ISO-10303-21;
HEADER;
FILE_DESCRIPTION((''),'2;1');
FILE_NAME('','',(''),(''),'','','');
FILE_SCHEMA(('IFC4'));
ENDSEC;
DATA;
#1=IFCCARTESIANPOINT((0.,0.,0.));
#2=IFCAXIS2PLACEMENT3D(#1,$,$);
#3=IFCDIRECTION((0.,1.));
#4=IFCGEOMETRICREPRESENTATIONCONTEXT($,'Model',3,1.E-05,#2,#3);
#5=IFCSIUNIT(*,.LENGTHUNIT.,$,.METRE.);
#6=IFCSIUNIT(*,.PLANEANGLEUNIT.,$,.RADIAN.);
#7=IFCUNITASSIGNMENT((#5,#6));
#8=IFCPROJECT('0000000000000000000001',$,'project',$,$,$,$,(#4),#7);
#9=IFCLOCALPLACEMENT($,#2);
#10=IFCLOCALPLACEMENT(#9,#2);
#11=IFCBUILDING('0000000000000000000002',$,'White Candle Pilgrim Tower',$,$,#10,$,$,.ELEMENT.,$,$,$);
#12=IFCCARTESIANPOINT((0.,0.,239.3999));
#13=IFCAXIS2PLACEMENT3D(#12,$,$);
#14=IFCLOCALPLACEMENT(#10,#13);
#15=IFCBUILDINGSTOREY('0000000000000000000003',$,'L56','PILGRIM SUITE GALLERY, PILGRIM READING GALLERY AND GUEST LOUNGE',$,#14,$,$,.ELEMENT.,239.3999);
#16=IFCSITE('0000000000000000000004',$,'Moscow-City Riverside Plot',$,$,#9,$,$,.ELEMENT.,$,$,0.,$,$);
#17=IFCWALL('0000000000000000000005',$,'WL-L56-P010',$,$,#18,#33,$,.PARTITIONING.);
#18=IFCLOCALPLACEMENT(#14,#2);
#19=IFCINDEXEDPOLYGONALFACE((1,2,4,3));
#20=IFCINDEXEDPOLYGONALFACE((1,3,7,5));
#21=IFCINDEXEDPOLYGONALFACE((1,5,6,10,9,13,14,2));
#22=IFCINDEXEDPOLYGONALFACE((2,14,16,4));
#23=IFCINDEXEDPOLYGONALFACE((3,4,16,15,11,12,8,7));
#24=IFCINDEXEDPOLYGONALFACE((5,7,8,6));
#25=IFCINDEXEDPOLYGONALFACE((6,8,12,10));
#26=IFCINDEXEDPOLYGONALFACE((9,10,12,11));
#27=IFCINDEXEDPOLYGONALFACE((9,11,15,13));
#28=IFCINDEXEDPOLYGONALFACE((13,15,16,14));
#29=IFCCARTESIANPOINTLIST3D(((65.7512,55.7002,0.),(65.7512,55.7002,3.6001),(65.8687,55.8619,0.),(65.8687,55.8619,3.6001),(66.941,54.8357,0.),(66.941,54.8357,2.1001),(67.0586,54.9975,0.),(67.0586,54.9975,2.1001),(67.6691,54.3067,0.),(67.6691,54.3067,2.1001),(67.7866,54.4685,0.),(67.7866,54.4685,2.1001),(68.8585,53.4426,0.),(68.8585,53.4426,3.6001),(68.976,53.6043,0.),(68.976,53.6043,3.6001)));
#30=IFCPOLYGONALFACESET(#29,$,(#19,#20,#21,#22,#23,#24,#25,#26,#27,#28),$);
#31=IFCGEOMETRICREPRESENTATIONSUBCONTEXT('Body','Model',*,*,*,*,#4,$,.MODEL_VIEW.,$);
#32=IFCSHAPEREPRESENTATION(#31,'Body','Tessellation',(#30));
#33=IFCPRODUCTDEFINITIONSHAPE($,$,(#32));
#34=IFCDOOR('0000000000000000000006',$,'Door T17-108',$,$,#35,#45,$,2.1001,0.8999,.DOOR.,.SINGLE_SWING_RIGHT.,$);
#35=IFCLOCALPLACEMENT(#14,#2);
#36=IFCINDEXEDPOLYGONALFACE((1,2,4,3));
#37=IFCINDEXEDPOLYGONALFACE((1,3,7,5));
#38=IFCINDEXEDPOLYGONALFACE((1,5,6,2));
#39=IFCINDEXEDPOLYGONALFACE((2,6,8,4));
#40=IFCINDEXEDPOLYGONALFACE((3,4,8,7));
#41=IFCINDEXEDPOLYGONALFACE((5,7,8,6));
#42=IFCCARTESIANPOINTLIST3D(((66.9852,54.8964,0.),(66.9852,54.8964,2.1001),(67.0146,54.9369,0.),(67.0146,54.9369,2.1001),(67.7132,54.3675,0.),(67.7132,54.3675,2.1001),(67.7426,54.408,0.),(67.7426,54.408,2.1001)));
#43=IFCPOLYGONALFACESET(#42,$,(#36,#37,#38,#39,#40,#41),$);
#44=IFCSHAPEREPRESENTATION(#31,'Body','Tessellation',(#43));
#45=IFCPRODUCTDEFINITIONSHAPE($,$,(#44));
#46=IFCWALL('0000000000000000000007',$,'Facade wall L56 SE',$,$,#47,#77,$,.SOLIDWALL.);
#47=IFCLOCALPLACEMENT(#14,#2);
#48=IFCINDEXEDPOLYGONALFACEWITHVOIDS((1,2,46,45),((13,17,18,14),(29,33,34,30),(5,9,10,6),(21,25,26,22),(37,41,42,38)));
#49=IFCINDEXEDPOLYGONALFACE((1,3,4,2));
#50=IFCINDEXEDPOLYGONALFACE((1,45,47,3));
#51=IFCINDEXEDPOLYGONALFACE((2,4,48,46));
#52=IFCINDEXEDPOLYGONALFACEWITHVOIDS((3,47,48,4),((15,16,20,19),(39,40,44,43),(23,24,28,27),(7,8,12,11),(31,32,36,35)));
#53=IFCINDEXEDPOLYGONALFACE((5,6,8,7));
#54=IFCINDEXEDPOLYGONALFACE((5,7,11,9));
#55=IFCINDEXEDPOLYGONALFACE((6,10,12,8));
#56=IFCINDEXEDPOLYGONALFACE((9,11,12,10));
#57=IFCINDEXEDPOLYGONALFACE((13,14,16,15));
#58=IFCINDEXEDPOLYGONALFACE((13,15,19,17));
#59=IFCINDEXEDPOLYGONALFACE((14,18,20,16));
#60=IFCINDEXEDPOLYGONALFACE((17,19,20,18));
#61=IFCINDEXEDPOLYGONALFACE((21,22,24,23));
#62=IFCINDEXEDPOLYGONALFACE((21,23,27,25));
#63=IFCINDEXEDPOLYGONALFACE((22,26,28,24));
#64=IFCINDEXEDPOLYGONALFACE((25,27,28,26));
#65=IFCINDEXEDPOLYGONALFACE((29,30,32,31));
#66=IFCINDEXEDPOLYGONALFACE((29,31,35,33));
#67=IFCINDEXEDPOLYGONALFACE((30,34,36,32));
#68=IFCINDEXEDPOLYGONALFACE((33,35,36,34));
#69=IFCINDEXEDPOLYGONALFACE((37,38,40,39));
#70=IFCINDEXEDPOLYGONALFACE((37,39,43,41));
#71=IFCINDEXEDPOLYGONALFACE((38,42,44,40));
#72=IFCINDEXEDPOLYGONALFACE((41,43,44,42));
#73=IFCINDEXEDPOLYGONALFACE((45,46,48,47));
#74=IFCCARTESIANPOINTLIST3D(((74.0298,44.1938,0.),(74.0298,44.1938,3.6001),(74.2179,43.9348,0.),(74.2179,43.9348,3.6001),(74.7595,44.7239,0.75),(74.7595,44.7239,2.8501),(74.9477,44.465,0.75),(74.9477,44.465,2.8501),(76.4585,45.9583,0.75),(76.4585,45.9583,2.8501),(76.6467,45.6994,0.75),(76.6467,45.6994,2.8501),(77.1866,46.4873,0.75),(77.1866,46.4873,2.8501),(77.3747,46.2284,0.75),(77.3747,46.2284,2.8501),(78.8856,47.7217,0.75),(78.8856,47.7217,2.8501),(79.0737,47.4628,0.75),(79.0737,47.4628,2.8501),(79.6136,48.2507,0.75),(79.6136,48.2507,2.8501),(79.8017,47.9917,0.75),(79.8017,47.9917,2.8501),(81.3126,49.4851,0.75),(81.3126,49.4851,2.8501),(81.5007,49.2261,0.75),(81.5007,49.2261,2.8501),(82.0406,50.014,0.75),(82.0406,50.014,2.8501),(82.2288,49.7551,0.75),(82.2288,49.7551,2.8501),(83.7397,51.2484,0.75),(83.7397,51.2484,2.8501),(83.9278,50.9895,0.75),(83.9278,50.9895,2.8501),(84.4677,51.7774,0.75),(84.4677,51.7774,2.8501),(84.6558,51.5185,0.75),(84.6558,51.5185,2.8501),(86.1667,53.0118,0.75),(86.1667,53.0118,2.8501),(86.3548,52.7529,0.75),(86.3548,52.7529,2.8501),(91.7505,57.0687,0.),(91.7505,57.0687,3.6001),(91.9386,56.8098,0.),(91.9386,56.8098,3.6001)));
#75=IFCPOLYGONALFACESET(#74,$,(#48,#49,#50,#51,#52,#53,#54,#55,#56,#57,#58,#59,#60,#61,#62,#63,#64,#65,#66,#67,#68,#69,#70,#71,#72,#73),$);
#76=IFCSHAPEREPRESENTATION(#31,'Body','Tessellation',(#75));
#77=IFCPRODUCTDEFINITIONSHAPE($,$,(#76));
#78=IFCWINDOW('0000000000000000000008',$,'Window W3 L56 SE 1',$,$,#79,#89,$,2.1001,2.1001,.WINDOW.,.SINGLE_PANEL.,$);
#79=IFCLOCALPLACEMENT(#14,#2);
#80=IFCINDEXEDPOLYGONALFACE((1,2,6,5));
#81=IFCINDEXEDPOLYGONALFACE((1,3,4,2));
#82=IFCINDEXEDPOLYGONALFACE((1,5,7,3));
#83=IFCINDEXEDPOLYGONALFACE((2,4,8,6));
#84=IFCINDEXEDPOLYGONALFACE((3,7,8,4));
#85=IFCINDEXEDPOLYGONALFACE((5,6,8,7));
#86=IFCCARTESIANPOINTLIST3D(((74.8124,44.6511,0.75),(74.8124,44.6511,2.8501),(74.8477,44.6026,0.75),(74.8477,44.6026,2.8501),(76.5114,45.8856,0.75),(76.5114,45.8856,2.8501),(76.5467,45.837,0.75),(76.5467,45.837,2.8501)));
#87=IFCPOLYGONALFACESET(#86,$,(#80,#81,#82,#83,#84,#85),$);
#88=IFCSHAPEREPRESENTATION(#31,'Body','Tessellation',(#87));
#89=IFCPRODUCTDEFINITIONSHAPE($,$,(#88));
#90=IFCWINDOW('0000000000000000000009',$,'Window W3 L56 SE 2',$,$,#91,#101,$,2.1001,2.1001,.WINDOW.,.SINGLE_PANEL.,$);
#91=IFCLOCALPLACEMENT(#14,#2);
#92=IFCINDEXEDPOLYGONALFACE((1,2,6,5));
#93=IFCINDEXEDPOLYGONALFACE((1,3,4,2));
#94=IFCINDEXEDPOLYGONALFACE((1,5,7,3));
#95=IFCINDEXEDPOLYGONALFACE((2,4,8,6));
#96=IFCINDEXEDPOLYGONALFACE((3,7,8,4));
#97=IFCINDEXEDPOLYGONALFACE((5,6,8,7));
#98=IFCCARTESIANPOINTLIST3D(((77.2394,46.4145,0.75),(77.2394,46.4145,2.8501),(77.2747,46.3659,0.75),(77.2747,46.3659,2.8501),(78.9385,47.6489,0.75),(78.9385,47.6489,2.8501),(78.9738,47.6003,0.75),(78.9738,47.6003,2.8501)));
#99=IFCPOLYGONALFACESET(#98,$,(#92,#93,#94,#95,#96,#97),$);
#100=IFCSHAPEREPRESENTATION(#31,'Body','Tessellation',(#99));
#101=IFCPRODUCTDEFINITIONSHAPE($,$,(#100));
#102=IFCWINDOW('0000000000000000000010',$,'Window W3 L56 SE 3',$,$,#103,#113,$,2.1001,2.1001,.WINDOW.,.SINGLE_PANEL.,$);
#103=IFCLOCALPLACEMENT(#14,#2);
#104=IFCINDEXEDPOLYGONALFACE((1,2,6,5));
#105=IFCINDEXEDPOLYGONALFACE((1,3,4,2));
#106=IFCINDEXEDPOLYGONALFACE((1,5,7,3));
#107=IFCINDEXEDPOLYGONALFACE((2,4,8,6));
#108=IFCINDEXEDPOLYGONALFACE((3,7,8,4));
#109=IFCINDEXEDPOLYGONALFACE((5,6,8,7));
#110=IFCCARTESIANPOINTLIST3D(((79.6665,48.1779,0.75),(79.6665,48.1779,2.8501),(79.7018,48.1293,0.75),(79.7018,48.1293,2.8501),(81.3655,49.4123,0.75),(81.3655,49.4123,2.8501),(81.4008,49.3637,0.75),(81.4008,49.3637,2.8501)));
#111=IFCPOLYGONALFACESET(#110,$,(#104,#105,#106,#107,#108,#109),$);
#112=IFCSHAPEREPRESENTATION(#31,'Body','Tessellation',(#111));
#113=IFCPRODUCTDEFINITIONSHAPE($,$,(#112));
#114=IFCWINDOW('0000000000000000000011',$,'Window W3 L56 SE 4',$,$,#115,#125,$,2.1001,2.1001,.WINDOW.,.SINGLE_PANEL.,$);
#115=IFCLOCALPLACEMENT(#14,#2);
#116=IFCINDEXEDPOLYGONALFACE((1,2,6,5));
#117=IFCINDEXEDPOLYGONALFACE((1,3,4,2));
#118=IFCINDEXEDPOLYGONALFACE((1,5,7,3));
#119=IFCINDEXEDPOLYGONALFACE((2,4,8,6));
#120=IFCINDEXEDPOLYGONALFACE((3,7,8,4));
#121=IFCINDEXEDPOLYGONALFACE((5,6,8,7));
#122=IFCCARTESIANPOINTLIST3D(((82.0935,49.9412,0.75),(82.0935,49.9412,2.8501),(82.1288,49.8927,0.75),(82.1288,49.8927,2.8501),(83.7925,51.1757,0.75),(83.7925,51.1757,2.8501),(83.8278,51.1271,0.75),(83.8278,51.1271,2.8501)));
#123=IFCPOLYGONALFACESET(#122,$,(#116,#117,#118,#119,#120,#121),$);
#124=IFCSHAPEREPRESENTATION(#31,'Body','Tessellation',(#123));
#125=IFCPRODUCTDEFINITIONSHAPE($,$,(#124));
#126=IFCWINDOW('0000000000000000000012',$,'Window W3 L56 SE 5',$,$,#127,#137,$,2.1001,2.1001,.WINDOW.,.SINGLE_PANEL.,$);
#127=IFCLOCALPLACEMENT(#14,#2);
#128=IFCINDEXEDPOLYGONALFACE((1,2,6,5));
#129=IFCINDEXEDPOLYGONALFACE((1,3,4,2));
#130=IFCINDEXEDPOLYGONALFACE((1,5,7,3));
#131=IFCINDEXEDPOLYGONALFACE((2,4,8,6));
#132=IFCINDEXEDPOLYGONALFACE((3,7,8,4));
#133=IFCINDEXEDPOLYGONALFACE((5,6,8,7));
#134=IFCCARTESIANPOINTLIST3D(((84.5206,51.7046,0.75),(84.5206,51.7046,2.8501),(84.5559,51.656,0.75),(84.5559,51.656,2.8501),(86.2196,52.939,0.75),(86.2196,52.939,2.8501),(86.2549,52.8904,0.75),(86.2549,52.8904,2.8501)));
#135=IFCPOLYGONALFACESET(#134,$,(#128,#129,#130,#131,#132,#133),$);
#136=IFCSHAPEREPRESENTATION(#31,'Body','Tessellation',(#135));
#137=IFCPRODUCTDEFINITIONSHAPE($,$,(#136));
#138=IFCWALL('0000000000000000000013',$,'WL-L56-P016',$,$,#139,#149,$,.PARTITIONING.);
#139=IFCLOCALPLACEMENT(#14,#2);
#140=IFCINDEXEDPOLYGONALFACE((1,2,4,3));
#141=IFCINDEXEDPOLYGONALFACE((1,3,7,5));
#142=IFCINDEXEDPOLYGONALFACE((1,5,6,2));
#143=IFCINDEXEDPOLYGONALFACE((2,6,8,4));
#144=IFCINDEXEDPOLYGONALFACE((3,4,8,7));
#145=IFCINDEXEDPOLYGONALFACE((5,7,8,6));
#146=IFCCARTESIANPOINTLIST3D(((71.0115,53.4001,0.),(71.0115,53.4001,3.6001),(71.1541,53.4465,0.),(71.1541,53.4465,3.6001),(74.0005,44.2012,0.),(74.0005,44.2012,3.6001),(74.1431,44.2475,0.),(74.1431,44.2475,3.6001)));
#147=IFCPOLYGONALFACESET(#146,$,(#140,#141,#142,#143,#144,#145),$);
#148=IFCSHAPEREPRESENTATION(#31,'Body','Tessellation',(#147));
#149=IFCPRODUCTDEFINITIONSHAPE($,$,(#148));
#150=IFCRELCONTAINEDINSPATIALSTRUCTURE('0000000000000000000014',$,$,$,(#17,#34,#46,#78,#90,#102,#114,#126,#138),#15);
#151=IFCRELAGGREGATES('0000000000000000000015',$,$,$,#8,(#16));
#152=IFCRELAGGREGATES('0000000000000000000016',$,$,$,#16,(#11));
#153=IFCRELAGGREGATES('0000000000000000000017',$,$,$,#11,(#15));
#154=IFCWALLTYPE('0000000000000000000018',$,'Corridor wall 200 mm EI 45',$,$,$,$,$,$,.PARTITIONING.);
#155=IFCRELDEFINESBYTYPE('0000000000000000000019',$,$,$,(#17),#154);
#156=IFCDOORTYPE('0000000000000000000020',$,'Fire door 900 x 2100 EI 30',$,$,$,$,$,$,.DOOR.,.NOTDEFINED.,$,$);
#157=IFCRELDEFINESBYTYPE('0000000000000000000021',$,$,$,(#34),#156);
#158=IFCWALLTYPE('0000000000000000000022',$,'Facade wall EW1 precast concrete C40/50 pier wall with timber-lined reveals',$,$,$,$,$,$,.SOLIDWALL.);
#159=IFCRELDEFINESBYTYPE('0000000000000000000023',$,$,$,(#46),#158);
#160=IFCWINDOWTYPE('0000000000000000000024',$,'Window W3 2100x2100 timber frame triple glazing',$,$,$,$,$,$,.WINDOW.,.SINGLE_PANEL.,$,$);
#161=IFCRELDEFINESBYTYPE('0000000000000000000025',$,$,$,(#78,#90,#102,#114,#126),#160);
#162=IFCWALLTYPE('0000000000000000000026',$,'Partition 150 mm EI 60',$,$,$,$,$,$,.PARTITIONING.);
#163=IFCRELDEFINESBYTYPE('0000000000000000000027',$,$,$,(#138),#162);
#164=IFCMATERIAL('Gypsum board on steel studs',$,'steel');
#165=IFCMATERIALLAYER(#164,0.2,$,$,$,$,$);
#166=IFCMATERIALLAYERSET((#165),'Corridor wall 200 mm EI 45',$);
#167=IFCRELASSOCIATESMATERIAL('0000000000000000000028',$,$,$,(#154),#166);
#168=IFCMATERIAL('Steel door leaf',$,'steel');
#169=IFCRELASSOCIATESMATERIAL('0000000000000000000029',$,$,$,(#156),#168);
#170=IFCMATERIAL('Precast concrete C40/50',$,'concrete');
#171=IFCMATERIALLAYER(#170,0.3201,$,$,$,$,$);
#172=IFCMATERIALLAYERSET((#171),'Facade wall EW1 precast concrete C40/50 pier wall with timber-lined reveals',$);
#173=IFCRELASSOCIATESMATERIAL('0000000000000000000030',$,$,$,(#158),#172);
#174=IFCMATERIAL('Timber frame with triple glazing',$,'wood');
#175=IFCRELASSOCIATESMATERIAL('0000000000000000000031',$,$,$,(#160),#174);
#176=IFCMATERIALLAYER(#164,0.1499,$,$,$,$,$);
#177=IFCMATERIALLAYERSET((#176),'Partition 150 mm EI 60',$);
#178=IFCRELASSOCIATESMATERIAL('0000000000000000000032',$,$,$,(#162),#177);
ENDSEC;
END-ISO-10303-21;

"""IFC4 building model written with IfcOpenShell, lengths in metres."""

from ifc_helpers import new_model, si_unit, direction, frame, frame_2d, origin, place, context, subcontext, project, spatial, rectangle, extrude, material, layer, layer_set, type_object, element, fill, save


model = new_model("IFC4")

# Units and contexts
model_context = context("Model", 3, precision=1e-05, world=origin(), true_north=direction((0.0, 1.0)))
body_context = subcontext(model_context, "Body", "Model", "MODEL_VIEW")
ifc_project = project(units=[si_unit("LENGTHUNIT", "METRE"), si_unit("PLANEANGLEUNIT", "RADIAN")], contexts=[model_context])

# Site, building, storey
site_placement = place(None, origin())
site = spatial("IfcSite", under=ifc_project, at=site_placement, Name="Moscow-City Riverside Plot", CompositionType="ELEMENT", RefElevation=0.0)
building_placement = place(site_placement, origin())
building = spatial("IfcBuilding", under=site, at=building_placement, Name="White Candle Pilgrim Tower", CompositionType="ELEMENT")
storey_placement = place(building_placement, frame((0.0, 0.0, 239.3999)))
storey = spatial("IfcBuildingStorey", under=building, at=storey_placement, Name="L56", Description="PILGRIM SUITE GALLERY, PILGRIM READING GALLERY AND GUEST LOUNGE", CompositionType="ELEMENT", Elevation=239.3999)

# Wall, opening, door
ifc_material_1 = material(Name="Gypsum board on steel studs", Category="steel")
ifc_layer_1 = layer(ifc_material_1, 0.2)
ifc_layer_set_1 = layer_set([ifc_layer_1], Name="Corridor wall 200 mm EI 45")
wall_type_1 = type_object("IfcWallType", Name="Corridor wall 200 mm EI 45", PredefinedType="PARTITIONING", material=ifc_layer_set_1)
ifc_material_2 = material(Name="Steel door leaf", Category="steel")
door_type_1 = type_object("IfcDoorType", Name="Fire door 900 x 2100 EI 30", OperationType="NOTDEFINED", PredefinedType="DOOR", material=ifc_material_2)
wall_1_placement = place(storey_placement, frame((68.9172, 53.5234, 0.0), z_axis=(0.0, 0.0, 1.0), x_axis=(-0.809008, 0.587797, 0.0)))
wall_1 = element("IfcWall", 1, at=wall_1_placement, inside=storey, type_object=wall_type_1, Name="WL-L56-P010", PredefinedType="PARTITIONING", context=body_context, shape_type="SweptSolid", body=[
    extrude(rectangle(XDim=3.8408, YDim=0.2, at=frame_2d((1.9204, 0.0))), origin(), (0.0, 0.0, 1.0), 3.6001),
])
opening_1_placement = place(wall_1_placement, frame((1.4702, 0.0, 0.0)))
opening_1 = element("IfcOpeningElement", 2, at=opening_1_placement, cuts=wall_1, PredefinedType="OPENING", context=body_context, shape_type="SweptSolid", body=[
    extrude(rectangle(XDim=0.8999, YDim=2.1001, at=frame_2d((0.45, 1.05))), frame((0.0, 0.1099, 0.0), z_axis=(0.0, -1.0, 0.0), x_axis=(1.0, 0.0, 0.0)), (0.0, 0.0, 1.0), 0.22),
])
door_1_placement = place(opening_1_placement, origin())
door_1 = element("IfcDoor", 3, at=door_1_placement, inside=storey, type_object=door_type_1, Name="Door T17-108", OperationType="SINGLE_SWING_RIGHT", OverallHeight=2.1001, OverallWidth=0.8999, PredefinedType="DOOR", context=body_context, shape_type="SweptSolid", body=[
    extrude(rectangle(XDim=0.8999, YDim=2.1001, at=frame_2d((0.45, 1.05))), frame((0.0, 0.0249, 0.0), z_axis=(0.0, -1.0, 0.0), x_axis=(1.0, 0.0, 0.0)), (0.0, 0.0, 1.0), 0.05),
])
fill(opening_1, door_1)

# Wall, openings, windows
ifc_material_3 = material(Name="Precast concrete C40/50", Category="concrete")
ifc_layer_2 = layer(ifc_material_3, 0.3201)
ifc_layer_set_2 = layer_set([ifc_layer_2], Name="Facade wall EW1 precast concrete C40/50 pier wall with timber-lined reveals")
wall_type_2 = type_object("IfcWallType", Name="Facade wall EW1 precast concrete C40/50 pier wall with timber-lined reveals", PredefinedType="SOLIDWALL", material=ifc_layer_set_2)
wall_2_placement = place(storey_placement, frame((74.1238, 44.0642, 0.0), z_axis=(0.0, 0.0, 1.0), x_axis=(0.809014, 0.58779, 0.0)))
wall_2 = element("IfcWall", 4, at=wall_2_placement, inside=storey, type_object=wall_type_2, Name="Facade wall L56 SE", PredefinedType="SOLIDWALL", context=body_context, shape_type="SweptSolid", body=[
    extrude(rectangle(XDim=21.9041, YDim=0.3201, at=frame_2d((10.9521, 0.0))), origin(), (0.0, 0.0, 1.0), 3.6001),
])
opening_2_placement = place(wall_2_placement, frame((0.9021, 0.0, 0.75)))
opening_2 = element("IfcOpeningElement", 5, at=opening_2_placement, cuts=wall_2, PredefinedType="OPENING", context=body_context, shape_type="SweptSolid", body=[
    extrude(rectangle(XDim=2.1001, YDim=2.1001, at=frame_2d((1.05, 1.05))), frame((0.0, 0.1699, 0.0), z_axis=(0.0, -1.0, 0.0), x_axis=(1.0, 0.0, 0.0)), (0.0, 0.0, 1.0), 0.3401),
])
opening_3_placement = place(wall_2_placement, frame((3.9021, 0.0, 0.75)))
opening_3 = element("IfcOpeningElement", 6, at=opening_3_placement, cuts=wall_2, PredefinedType="OPENING", context=body_context, shape_type="SweptSolid", body=[
    extrude(rectangle(XDim=2.1001, YDim=2.1001, at=frame_2d((1.05, 1.05))), frame((0.0, 0.1699, 0.0), z_axis=(0.0, -1.0, 0.0), x_axis=(1.0, 0.0, 0.0)), (0.0, 0.0, 1.0), 0.3401),
])
opening_4_placement = place(wall_2_placement, frame((6.9021, 0.0, 0.75)))
opening_4 = element("IfcOpeningElement", 7, at=opening_4_placement, cuts=wall_2, PredefinedType="OPENING", context=body_context, shape_type="SweptSolid", body=[
    extrude(rectangle(XDim=2.1001, YDim=2.1001, at=frame_2d((1.05, 1.05))), frame((0.0, 0.1699, 0.0), z_axis=(0.0, -1.0, 0.0), x_axis=(1.0, 0.0, 0.0)), (0.0, 0.0, 1.0), 0.3401),
])
opening_5_placement = place(wall_2_placement, frame((9.9021, 0.0, 0.75)))
opening_5 = element("IfcOpeningElement", 8, at=opening_5_placement, cuts=wall_2, PredefinedType="OPENING", context=body_context, shape_type="SweptSolid", body=[
    extrude(rectangle(XDim=2.1001, YDim=2.1001, at=frame_2d((1.05, 1.05))), frame((0.0, 0.1699, 0.0), z_axis=(0.0, -1.0, 0.0), x_axis=(1.0, 0.0, 0.0)), (0.0, 0.0, 1.0), 0.3401),
])
opening_6_placement = place(wall_2_placement, frame((12.9021, 0.0, 0.75)))
opening_6 = element("IfcOpeningElement", 9, at=opening_6_placement, cuts=wall_2, PredefinedType="OPENING", context=body_context, shape_type="SweptSolid", body=[
    extrude(rectangle(XDim=2.1001, YDim=2.1001, at=frame_2d((1.05, 1.05))), frame((0.0, 0.1699, 0.0), z_axis=(0.0, -1.0, 0.0), x_axis=(1.0, 0.0, 0.0)), (0.0, 0.0, 1.0), 0.3401),
])
ifc_material_4 = material(Name="Timber frame with triple glazing", Category="wood")
window_type = type_object("IfcWindowType", Name="Window W3 2100x2100 timber frame triple glazing", PartitioningType="SINGLE_PANEL", PredefinedType="WINDOW", material=ifc_material_4)
window_1_placement = place(opening_2_placement, origin())
window_1 = element("IfcWindow", 10, at=window_1_placement, inside=storey, type_object=window_type, Name="Window W3 L56 SE 1", OverallHeight=2.1001, OverallWidth=2.1001, PartitioningType="SINGLE_PANEL", PredefinedType="WINDOW", context=body_context, shape_type="SweptSolid", body=[
    extrude(rectangle(XDim=2.1001, YDim=2.1001, at=frame_2d((1.05, 1.05))), frame((0.0, 0.0701, 0.0), z_axis=(0.0, -1.0, 0.0), x_axis=(1.0, 0.0, 0.0)), (0.0, 0.0, 1.0), 0.0601),
])
fill(opening_2, window_1)
window_2_placement = place(opening_3_placement, origin())
window_2 = element("IfcWindow", 11, at=window_2_placement, inside=storey, type_object=window_type, Name="Window W3 L56 SE 2", OverallHeight=2.1001, OverallWidth=2.1001, PartitioningType="SINGLE_PANEL", PredefinedType="WINDOW", context=body_context, shape_type="SweptSolid", body=[
    extrude(rectangle(XDim=2.1001, YDim=2.1001, at=frame_2d((1.05, 1.05))), frame((0.0, 0.0701, 0.0), z_axis=(0.0, -1.0, 0.0), x_axis=(1.0, 0.0, 0.0)), (0.0, 0.0, 1.0), 0.0601),
])
fill(opening_3, window_2)
window_3_placement = place(opening_4_placement, origin())
window_3 = element("IfcWindow", 12, at=window_3_placement, inside=storey, type_object=window_type, Name="Window W3 L56 SE 3", OverallHeight=2.1001, OverallWidth=2.1001, PartitioningType="SINGLE_PANEL", PredefinedType="WINDOW", context=body_context, shape_type="SweptSolid", body=[
    extrude(rectangle(XDim=2.1001, YDim=2.1001, at=frame_2d((1.05, 1.05))), frame((0.0, 0.0701, 0.0), z_axis=(0.0, -1.0, 0.0), x_axis=(1.0, 0.0, 0.0)), (0.0, 0.0, 1.0), 0.0601),
])
fill(opening_4, window_3)
window_4_placement = place(opening_5_placement, origin())
window_4 = element("IfcWindow", 13, at=window_4_placement, inside=storey, type_object=window_type, Name="Window W3 L56 SE 4", OverallHeight=2.1001, OverallWidth=2.1001, PartitioningType="SINGLE_PANEL", PredefinedType="WINDOW", context=body_context, shape_type="SweptSolid", body=[
    extrude(rectangle(XDim=2.1001, YDim=2.1001, at=frame_2d((1.05, 1.05))), frame((0.0, 0.0701, 0.0), z_axis=(0.0, -1.0, 0.0), x_axis=(1.0, 0.0, 0.0)), (0.0, 0.0, 1.0), 0.0601),
])
fill(opening_5, window_4)
window_5_placement = place(opening_6_placement, origin())
window_5 = element("IfcWindow", 14, at=window_5_placement, inside=storey, type_object=window_type, Name="Window W3 L56 SE 5", OverallHeight=2.1001, OverallWidth=2.1001, PartitioningType="SINGLE_PANEL", PredefinedType="WINDOW", context=body_context, shape_type="SweptSolid", body=[
    extrude(rectangle(XDim=2.1001, YDim=2.1001, at=frame_2d((1.05, 1.05))), frame((0.0, 0.0701, 0.0), z_axis=(0.0, -1.0, 0.0), x_axis=(1.0, 0.0, 0.0)), (0.0, 0.0, 1.0), 0.0601),
])
fill(opening_6, window_5)

# Wall
ifc_layer_3 = layer(ifc_material_1, 0.1499)
ifc_layer_set_3 = layer_set([ifc_layer_3], Name="Partition 150 mm EI 60")
wall_type_3 = type_object("IfcWallType", Name="Partition 150 mm EI 60", PredefinedType="PARTITIONING", material=ifc_layer_set_3)
wall_3_placement = place(storey_placement, frame((74.0718, 44.2244, 0.0), z_axis=(0.0, 0.0, 1.0), x_axis=(-0.309025, 0.951054, 0.0)))
element("IfcWall", 15, at=wall_3_placement, inside=storey, type_object=wall_type_3, Name="WL-L56-P016", PredefinedType="PARTITIONING", context=body_context, shape_type="SweptSolid", body=[
    extrude(rectangle(XDim=9.6724, YDim=0.1499, at=frame_2d((4.8362, 0.0))), origin(), (0.0, 0.0, 1.0), 3.6001),
])

save(model, "model.ifc")
